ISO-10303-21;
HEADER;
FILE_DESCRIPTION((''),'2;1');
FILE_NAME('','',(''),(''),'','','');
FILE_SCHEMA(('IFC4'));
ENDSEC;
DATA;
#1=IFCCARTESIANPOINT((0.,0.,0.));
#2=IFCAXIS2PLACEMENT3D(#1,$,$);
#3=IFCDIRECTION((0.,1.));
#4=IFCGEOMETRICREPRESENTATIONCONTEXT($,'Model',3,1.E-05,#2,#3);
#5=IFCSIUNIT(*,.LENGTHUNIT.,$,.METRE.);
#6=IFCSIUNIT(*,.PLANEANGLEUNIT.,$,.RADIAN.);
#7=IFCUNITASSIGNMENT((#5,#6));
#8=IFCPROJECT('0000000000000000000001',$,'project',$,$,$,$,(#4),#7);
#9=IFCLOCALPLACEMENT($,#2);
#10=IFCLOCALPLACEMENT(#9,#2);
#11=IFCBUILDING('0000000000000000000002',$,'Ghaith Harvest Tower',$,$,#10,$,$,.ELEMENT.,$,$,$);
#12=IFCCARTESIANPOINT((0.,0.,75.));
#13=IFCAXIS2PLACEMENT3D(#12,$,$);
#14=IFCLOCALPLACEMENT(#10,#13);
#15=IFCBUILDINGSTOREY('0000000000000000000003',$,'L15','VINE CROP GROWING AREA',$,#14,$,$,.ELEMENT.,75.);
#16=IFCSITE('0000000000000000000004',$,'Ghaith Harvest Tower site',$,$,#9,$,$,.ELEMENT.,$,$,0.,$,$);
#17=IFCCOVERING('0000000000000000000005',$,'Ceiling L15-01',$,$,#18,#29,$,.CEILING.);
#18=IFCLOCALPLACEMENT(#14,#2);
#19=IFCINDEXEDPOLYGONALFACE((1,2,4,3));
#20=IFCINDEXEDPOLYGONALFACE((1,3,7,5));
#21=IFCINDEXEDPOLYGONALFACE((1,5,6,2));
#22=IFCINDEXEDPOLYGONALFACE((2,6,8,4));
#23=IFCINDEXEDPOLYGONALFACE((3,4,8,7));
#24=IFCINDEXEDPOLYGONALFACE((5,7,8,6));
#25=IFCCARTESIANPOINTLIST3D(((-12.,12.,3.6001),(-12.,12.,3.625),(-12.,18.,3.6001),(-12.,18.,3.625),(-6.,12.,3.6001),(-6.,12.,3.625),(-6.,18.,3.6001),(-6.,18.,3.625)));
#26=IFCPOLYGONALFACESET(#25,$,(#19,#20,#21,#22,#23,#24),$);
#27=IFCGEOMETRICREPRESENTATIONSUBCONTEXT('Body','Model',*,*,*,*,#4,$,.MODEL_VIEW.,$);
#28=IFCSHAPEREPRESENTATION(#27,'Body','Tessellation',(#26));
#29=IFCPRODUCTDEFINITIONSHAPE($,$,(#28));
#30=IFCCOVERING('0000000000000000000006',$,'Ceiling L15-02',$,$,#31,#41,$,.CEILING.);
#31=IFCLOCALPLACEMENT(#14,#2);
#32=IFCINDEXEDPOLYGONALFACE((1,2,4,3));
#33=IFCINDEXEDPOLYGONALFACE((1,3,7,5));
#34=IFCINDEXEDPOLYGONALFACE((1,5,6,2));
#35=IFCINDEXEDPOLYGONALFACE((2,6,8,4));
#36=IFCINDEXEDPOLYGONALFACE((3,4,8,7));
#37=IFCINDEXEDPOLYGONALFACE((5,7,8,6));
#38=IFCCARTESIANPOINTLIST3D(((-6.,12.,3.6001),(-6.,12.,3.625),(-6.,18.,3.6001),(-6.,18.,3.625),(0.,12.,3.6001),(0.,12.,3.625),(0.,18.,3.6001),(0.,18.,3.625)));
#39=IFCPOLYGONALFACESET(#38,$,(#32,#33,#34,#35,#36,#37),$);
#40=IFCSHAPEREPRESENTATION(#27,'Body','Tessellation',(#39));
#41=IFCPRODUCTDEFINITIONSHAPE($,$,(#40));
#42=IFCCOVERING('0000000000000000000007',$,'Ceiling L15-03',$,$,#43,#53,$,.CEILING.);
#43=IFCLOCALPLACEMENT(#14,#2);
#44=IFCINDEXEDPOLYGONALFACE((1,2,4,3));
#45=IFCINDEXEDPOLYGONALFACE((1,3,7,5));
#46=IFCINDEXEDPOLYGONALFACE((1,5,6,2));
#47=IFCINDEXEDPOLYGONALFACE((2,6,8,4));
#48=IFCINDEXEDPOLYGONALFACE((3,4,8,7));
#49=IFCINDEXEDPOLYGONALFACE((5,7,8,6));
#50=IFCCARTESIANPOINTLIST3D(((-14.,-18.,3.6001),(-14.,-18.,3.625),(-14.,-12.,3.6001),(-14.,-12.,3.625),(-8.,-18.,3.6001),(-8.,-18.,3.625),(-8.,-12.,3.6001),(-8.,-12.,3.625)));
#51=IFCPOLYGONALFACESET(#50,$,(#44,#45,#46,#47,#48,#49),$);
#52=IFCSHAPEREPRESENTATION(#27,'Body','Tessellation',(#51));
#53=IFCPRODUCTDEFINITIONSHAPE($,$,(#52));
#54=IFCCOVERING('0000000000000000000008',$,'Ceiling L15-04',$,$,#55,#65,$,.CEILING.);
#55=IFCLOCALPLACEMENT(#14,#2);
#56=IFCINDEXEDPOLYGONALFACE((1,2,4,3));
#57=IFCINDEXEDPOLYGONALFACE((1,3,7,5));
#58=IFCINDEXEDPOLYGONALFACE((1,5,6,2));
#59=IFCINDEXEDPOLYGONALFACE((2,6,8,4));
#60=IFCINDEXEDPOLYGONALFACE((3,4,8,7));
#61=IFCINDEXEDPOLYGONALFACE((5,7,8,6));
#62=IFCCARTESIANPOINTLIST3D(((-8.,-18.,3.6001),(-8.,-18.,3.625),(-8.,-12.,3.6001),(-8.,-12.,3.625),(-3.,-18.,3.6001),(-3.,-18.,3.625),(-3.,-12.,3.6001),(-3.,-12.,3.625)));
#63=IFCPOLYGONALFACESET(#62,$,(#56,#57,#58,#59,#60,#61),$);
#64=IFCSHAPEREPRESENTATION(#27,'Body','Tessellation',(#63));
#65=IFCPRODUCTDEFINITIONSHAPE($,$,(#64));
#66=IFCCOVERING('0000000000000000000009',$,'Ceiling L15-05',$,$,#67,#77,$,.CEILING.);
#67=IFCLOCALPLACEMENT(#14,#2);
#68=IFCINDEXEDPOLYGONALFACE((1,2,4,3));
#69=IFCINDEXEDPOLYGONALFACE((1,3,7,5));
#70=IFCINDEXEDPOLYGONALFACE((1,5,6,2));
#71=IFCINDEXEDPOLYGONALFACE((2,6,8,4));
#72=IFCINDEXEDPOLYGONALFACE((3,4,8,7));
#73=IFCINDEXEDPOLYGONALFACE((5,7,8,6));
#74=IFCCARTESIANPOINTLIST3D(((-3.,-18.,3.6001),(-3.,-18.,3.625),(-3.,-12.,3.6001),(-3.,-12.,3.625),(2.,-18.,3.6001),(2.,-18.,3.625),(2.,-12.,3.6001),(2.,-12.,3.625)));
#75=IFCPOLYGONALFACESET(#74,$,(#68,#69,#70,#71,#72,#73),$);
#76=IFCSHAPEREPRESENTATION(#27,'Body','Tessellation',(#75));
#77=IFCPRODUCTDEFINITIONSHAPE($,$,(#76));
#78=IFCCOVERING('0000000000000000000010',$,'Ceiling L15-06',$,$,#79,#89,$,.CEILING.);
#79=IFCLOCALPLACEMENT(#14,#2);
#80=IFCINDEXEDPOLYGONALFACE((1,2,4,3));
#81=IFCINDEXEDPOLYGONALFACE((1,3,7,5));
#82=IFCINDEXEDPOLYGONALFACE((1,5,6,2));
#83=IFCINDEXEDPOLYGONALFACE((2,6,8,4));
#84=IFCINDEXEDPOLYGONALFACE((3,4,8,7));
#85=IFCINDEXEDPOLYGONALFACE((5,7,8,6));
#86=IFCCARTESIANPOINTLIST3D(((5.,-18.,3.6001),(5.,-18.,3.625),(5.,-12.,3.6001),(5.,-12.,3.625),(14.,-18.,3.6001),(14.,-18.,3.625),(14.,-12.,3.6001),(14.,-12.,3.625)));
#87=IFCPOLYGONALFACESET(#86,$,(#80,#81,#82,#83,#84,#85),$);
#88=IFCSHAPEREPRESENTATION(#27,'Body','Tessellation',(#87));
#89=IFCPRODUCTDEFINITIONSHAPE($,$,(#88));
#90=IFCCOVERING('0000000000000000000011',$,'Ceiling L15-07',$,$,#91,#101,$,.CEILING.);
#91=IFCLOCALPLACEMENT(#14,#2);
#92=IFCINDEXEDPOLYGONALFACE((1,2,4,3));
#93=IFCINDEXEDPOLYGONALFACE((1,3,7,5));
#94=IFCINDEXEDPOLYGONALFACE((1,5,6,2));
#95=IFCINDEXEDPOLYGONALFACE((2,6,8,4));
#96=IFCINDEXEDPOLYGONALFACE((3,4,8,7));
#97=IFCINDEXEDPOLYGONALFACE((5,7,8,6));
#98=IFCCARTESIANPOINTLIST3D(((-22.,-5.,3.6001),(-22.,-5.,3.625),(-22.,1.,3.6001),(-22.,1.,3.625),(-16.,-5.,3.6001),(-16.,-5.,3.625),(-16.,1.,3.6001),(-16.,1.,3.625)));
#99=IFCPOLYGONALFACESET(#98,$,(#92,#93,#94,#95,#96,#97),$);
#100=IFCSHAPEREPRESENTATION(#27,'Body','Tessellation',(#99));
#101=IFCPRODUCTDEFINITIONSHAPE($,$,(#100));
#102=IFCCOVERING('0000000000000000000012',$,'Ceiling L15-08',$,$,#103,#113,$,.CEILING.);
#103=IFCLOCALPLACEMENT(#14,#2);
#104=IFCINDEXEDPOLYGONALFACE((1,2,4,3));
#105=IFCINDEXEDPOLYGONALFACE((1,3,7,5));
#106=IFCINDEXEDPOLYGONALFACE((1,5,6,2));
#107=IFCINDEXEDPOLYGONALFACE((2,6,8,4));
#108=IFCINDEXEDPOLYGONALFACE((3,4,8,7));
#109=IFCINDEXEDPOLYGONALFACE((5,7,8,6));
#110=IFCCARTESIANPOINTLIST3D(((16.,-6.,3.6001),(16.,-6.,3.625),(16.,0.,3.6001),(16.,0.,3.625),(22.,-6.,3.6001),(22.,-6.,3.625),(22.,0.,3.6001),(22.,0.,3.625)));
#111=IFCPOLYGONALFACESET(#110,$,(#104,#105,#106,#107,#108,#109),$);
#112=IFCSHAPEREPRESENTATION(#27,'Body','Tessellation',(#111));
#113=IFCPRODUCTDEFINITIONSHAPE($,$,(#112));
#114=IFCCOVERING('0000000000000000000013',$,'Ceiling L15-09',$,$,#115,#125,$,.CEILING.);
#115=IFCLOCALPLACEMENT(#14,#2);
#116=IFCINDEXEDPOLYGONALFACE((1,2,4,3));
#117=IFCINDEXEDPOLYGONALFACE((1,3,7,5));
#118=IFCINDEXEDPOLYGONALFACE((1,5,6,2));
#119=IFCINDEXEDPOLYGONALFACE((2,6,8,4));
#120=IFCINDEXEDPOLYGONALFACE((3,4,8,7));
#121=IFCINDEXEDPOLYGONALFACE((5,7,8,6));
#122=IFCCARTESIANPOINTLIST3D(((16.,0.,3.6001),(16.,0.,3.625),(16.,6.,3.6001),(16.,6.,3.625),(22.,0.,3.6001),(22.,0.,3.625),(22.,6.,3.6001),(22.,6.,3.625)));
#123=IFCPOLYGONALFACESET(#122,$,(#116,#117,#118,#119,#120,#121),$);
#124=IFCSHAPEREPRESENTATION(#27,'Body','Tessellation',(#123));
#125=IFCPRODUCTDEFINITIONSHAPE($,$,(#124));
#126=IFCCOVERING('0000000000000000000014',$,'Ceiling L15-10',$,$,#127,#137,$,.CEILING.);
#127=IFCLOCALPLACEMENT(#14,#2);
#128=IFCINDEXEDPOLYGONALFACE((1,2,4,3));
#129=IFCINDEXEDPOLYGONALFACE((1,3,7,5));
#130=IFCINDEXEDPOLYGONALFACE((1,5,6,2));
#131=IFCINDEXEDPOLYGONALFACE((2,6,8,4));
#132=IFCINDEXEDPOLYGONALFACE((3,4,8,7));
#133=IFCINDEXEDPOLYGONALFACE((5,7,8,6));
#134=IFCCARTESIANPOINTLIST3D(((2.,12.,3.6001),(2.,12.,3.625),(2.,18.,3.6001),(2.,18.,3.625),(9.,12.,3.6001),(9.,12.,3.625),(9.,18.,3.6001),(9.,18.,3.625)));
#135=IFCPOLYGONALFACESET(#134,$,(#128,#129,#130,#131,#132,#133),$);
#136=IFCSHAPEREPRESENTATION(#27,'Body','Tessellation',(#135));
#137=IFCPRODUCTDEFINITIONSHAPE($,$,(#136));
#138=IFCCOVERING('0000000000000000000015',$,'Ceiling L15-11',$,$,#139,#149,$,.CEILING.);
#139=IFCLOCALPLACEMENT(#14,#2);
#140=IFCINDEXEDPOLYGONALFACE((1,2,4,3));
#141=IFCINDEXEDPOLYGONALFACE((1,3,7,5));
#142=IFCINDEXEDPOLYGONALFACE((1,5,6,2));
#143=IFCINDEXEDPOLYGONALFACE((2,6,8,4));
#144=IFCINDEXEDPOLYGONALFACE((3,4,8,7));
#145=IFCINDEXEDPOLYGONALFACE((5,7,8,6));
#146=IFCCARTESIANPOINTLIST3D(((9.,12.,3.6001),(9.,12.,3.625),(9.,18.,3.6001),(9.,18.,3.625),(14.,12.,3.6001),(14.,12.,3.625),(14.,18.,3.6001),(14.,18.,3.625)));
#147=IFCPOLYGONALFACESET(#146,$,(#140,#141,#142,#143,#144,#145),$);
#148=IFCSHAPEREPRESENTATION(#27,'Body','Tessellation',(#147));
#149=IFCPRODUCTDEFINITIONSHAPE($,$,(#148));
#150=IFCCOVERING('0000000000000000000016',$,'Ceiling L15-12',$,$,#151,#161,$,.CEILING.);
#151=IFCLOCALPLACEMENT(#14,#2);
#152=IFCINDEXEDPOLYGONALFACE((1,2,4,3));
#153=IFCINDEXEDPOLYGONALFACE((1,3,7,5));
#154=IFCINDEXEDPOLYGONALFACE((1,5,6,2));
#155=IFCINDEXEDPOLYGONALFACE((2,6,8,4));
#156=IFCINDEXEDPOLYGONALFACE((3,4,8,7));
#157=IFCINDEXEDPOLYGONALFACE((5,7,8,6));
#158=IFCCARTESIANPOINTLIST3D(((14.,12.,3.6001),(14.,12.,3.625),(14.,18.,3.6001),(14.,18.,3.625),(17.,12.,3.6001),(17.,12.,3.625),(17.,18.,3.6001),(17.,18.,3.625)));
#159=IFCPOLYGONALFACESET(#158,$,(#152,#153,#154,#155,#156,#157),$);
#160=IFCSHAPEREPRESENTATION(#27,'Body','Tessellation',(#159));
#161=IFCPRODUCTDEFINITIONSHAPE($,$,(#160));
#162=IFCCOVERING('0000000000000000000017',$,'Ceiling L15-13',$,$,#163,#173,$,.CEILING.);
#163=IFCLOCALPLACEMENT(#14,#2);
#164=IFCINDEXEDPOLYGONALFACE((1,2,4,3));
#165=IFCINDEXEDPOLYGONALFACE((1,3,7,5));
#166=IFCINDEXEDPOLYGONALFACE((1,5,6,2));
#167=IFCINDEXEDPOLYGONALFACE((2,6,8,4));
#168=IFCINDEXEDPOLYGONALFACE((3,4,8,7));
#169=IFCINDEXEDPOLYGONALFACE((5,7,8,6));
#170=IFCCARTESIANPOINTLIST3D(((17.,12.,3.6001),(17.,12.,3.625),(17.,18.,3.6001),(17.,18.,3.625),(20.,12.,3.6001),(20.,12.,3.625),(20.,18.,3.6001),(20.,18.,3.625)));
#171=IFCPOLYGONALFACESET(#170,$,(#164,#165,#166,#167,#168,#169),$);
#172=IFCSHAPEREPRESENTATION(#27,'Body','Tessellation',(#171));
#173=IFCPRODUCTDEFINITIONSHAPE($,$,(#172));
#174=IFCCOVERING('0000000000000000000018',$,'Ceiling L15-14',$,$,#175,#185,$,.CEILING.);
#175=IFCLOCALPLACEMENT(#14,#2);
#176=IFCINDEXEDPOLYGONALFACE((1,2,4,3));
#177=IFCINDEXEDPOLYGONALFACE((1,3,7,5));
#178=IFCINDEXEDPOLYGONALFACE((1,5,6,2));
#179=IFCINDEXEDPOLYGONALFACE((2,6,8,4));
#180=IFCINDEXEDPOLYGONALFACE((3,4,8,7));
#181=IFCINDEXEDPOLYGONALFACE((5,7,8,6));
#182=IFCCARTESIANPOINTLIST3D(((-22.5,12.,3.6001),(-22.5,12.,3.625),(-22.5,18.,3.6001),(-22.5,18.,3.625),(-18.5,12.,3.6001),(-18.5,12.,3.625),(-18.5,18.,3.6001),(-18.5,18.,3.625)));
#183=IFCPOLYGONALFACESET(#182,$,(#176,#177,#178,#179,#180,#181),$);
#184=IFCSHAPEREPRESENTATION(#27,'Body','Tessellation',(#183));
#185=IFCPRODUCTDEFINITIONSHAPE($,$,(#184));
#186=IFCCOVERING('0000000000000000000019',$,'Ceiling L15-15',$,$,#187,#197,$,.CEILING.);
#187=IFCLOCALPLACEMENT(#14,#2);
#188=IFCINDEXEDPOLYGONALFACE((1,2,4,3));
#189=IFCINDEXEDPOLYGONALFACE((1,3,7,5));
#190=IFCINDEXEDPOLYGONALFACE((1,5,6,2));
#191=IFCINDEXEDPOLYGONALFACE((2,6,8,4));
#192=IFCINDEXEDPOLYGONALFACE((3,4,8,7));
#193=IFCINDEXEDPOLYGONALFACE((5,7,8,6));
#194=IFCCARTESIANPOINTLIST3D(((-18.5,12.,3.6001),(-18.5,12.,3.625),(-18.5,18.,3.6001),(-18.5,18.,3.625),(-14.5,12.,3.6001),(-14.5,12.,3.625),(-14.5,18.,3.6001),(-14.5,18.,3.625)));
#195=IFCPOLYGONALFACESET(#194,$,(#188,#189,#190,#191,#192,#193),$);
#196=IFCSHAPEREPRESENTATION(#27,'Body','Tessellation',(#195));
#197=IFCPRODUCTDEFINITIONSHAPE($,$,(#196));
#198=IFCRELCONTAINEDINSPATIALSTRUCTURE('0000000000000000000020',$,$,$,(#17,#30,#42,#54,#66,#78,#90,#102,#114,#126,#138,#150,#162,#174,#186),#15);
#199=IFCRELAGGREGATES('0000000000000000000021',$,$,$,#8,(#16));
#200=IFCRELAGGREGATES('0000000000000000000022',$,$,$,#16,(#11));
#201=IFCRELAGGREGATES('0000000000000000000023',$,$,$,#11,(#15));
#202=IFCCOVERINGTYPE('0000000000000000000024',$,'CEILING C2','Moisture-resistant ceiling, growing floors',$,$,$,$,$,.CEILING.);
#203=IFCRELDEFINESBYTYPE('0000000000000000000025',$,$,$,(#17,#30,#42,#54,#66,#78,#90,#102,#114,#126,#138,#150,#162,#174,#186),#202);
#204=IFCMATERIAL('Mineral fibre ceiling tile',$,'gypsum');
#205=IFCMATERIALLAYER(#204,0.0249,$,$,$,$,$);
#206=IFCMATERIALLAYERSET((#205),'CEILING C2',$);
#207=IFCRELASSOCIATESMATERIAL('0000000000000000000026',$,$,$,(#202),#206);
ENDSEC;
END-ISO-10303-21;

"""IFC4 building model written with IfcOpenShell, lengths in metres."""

from ifc_helpers import new_model, si_unit, direction, frame, origin, place, context, subcontext, project, spatial, polyline, outline, extrude, material, layer, layer_set, type_object, element, save


model = new_model("IFC4")

# Units and contexts
model_context = context("Model", 3, precision=1e-05, world=origin(), true_north=direction((0.0, 1.0)))
body_context = subcontext(model_context, "Body", "Model", "MODEL_VIEW")
ifc_project = project(units=[si_unit("LENGTHUNIT", "METRE"), si_unit("PLANEANGLEUNIT", "RADIAN")], contexts=[model_context])

# Site, building, storey
site_placement = place(None, origin())
site = spatial("IfcSite", under=ifc_project, at=site_placement, Name="Ghaith Harvest Tower site", CompositionType="ELEMENT", RefElevation=0.0)
building_placement = place(site_placement, origin())
building = spatial("IfcBuilding", under=site, at=building_placement, Name="Ghaith Harvest Tower", CompositionType="ELEMENT")
storey_placement = place(building_placement, frame((0.0, 0.0, 75.0)))
storey = spatial("IfcBuildingStorey", under=building, at=storey_placement, Name="L15", Description="VINE CROP GROWING AREA", CompositionType="ELEMENT", Elevation=75.0)

# Coverings
ifc_material_1 = material(Name="Mineral fibre ceiling tile", Category="gypsum")
ifc_layer_1 = layer(ifc_material_1, 0.0249)
ifc_layer_set_1 = layer_set([ifc_layer_1], Name="CEILING C2")
covering_type = type_object("IfcCoveringType", Name="CEILING C2", Description="Moisture-resistant ceiling, growing floors", PredefinedType="CEILING", material=ifc_layer_set_1)
covering_1_placement = place(storey_placement, frame((0.0, 0.0, 3.6001)))
element("IfcCovering", 1, at=covering_1_placement, inside=storey, type_object=covering_type, Name="Ceiling L15-01", PredefinedType="CEILING", context=body_context, shape_type="SweptSolid", body=[
    extrude(outline(polyline([(-12.0, 12.0), (-6.0, 12.0), (-6.0, 18.0), (-12.0, 18.0), (-12.0, 12.0)])), origin(), (0.0, 0.0, 1.0), 0.0249),
])
covering_2_placement = place(storey_placement, frame((0.0, 0.0, 3.6001)))
element("IfcCovering", 2, at=covering_2_placement, inside=storey, type_object=covering_type, Name="Ceiling L15-02", PredefinedType="CEILING", context=body_context, shape_type="SweptSolid", body=[
    extrude(outline(polyline([(-6.0, 12.0), (0.0, 12.0), (0.0, 18.0), (-6.0, 18.0), (-6.0, 12.0)])), origin(), (0.0, 0.0, 1.0), 0.0249),
])
covering_3_placement = place(storey_placement, frame((0.0, 0.0, 3.6001)))
element("IfcCovering", 3, at=covering_3_placement, inside=storey, type_object=covering_type, Name="Ceiling L15-03", PredefinedType="CEILING", context=body_context, shape_type="SweptSolid", body=[
    extrude(outline(polyline([(-14.0, -18.0), (-8.0, -18.0), (-8.0, -12.0), (-14.0, -12.0), (-14.0, -18.0)])), origin(), (0.0, 0.0, 1.0), 0.0249),
])
covering_4_placement = place(storey_placement, frame((0.0, 0.0, 3.6001)))
element("IfcCovering", 4, at=covering_4_placement, inside=storey, type_object=covering_type, Name="Ceiling L15-04", PredefinedType="CEILING", context=body_context, shape_type="SweptSolid", body=[
    extrude(outline(polyline([(-8.0, -18.0), (-3.0, -18.0), (-3.0, -12.0), (-8.0, -12.0), (-8.0, -18.0)])), origin(), (0.0, 0.0, 1.0), 0.0249),
])
covering_5_placement = place(storey_placement, frame((0.0, 0.0, 3.6001)))
element("IfcCovering", 5, at=covering_5_placement, inside=storey, type_object=covering_type, Name="Ceiling L15-05", PredefinedType="CEILING", context=body_context, shape_type="SweptSolid", body=[
    extrude(outline(polyline([(-3.0, -18.0), (2.0, -18.0), (2.0, -12.0), (-3.0, -12.0), (-3.0, -18.0)])), origin(), (0.0, 0.0, 1.0), 0.0249),
])
covering_6_placement = place(storey_placement, frame((0.0, 0.0, 3.6001)))
element("IfcCovering", 6, at=covering_6_placement, inside=storey, type_object=covering_type, Name="Ceiling L15-06", PredefinedType="CEILING", context=body_context, shape_type="SweptSolid", body=[
    extrude(outline(polyline([(5.0, -18.0), (14.0, -18.0), (14.0, -12.0), (5.0, -12.0), (5.0, -18.0)])), origin(), (0.0, 0.0, 1.0), 0.0249),
])
covering_7_placement = place(storey_placement, frame((0.0, 0.0, 3.6001)))
element("IfcCovering", 7, at=covering_7_placement, inside=storey, type_object=covering_type, Name="Ceiling L15-07", PredefinedType="CEILING", context=body_context, shape_type="SweptSolid", body=[
    extrude(outline(polyline([(-22.0, -5.0), (-16.0, -5.0), (-16.0, 1.0), (-22.0, 1.0), (-22.0, -5.0)])), origin(), (0.0, 0.0, 1.0), 0.0249),
])
covering_8_placement = place(storey_placement, frame((0.0, 0.0, 3.6001)))
element("IfcCovering", 8, at=covering_8_placement, inside=storey, type_object=covering_type, Name="Ceiling L15-08", PredefinedType="CEILING", context=body_context, shape_type="SweptSolid", body=[
    extrude(outline(polyline([(16.0, -6.0), (22.0, -6.0), (22.0, 0.0), (16.0, 0.0), (16.0, -6.0)])), origin(), (0.0, 0.0, 1.0), 0.0249),
])
covering_9_placement = place(storey_placement, frame((0.0, 0.0, 3.6001)))
element("IfcCovering", 9, at=covering_9_placement, inside=storey, type_object=covering_type, Name="Ceiling L15-09", PredefinedType="CEILING", context=body_context, shape_type="SweptSolid", body=[
    extrude(outline(polyline([(16.0, 0.0), (22.0, 0.0), (22.0, 6.0), (16.0, 6.0), (16.0, 0.0)])), origin(), (0.0, 0.0, 1.0), 0.0249),
])
covering_10_placement = place(storey_placement, frame((0.0, 0.0, 3.6001)))
element("IfcCovering", 10, at=covering_10_placement, inside=storey, type_object=covering_type, Name="Ceiling L15-10", PredefinedType="CEILING", context=body_context, shape_type="SweptSolid", body=[
    extrude(outline(polyline([(2.0, 12.0), (9.0, 12.0), (9.0, 18.0), (2.0, 18.0), (2.0, 12.0)])), origin(), (0.0, 0.0, 1.0), 0.0249),
])
covering_11_placement = place(storey_placement, frame((0.0, 0.0, 3.6001)))
element("IfcCovering", 11, at=covering_11_placement, inside=storey, type_object=covering_type, Name="Ceiling L15-11", PredefinedType="CEILING", context=body_context, shape_type="SweptSolid", body=[
    extrude(outline(polyline([(9.0, 12.0), (14.0, 12.0), (14.0, 18.0), (9.0, 18.0), (9.0, 12.0)])), origin(), (0.0, 0.0, 1.0), 0.0249),
])
covering_12_placement = place(storey_placement, frame((0.0, 0.0, 3.6001)))
element("IfcCovering", 12, at=covering_12_placement, inside=storey, type_object=covering_type, Name="Ceiling L15-12", PredefinedType="CEILING", context=body_context, shape_type="SweptSolid", body=[
    extrude(outline(polyline([(14.0, 12.0), (17.0, 12.0), (17.0, 18.0), (14.0, 18.0), (14.0, 12.0)])), origin(), (0.0, 0.0, 1.0), 0.0249),
])
covering_13_placement = place(storey_placement, frame((0.0, 0.0, 3.6001)))
element("IfcCovering", 13, at=covering_13_placement, inside=storey, type_object=covering_type, Name="Ceiling L15-13", PredefinedType="CEILING", context=body_context, shape_type="SweptSolid", body=[
    extrude(outline(polyline([(17.0, 12.0), (20.0, 12.0), (20.0, 18.0), (17.0, 18.0), (17.0, 12.0)])), origin(), (0.0, 0.0, 1.0), 0.0249),
])
covering_14_placement = place(storey_placement, frame((0.0, 0.0, 3.6001)))
element("IfcCovering", 14, at=covering_14_placement, inside=storey, type_object=covering_type, Name="Ceiling L15-14", PredefinedType="CEILING", context=body_context, shape_type="SweptSolid", body=[
    extrude(outline(polyline([(-22.5, 12.0), (-18.5, 12.0), (-18.5, 18.0), (-22.5, 18.0), (-22.5, 12.0)])), origin(), (0.0, 0.0, 1.0), 0.0249),
])
covering_15_placement = place(storey_placement, frame((0.0, 0.0, 3.6001)))
element("IfcCovering", 15, at=covering_15_placement, inside=storey, type_object=covering_type, Name="Ceiling L15-15", PredefinedType="CEILING", context=body_context, shape_type="SweptSolid", body=[
    extrude(outline(polyline([(-18.5, 12.0), (-14.5, 12.0), (-14.5, 18.0), (-18.5, 18.0), (-18.5, 12.0)])), origin(), (0.0, 0.0, 1.0), 0.0249),
])

save(model, "model.ifc")
